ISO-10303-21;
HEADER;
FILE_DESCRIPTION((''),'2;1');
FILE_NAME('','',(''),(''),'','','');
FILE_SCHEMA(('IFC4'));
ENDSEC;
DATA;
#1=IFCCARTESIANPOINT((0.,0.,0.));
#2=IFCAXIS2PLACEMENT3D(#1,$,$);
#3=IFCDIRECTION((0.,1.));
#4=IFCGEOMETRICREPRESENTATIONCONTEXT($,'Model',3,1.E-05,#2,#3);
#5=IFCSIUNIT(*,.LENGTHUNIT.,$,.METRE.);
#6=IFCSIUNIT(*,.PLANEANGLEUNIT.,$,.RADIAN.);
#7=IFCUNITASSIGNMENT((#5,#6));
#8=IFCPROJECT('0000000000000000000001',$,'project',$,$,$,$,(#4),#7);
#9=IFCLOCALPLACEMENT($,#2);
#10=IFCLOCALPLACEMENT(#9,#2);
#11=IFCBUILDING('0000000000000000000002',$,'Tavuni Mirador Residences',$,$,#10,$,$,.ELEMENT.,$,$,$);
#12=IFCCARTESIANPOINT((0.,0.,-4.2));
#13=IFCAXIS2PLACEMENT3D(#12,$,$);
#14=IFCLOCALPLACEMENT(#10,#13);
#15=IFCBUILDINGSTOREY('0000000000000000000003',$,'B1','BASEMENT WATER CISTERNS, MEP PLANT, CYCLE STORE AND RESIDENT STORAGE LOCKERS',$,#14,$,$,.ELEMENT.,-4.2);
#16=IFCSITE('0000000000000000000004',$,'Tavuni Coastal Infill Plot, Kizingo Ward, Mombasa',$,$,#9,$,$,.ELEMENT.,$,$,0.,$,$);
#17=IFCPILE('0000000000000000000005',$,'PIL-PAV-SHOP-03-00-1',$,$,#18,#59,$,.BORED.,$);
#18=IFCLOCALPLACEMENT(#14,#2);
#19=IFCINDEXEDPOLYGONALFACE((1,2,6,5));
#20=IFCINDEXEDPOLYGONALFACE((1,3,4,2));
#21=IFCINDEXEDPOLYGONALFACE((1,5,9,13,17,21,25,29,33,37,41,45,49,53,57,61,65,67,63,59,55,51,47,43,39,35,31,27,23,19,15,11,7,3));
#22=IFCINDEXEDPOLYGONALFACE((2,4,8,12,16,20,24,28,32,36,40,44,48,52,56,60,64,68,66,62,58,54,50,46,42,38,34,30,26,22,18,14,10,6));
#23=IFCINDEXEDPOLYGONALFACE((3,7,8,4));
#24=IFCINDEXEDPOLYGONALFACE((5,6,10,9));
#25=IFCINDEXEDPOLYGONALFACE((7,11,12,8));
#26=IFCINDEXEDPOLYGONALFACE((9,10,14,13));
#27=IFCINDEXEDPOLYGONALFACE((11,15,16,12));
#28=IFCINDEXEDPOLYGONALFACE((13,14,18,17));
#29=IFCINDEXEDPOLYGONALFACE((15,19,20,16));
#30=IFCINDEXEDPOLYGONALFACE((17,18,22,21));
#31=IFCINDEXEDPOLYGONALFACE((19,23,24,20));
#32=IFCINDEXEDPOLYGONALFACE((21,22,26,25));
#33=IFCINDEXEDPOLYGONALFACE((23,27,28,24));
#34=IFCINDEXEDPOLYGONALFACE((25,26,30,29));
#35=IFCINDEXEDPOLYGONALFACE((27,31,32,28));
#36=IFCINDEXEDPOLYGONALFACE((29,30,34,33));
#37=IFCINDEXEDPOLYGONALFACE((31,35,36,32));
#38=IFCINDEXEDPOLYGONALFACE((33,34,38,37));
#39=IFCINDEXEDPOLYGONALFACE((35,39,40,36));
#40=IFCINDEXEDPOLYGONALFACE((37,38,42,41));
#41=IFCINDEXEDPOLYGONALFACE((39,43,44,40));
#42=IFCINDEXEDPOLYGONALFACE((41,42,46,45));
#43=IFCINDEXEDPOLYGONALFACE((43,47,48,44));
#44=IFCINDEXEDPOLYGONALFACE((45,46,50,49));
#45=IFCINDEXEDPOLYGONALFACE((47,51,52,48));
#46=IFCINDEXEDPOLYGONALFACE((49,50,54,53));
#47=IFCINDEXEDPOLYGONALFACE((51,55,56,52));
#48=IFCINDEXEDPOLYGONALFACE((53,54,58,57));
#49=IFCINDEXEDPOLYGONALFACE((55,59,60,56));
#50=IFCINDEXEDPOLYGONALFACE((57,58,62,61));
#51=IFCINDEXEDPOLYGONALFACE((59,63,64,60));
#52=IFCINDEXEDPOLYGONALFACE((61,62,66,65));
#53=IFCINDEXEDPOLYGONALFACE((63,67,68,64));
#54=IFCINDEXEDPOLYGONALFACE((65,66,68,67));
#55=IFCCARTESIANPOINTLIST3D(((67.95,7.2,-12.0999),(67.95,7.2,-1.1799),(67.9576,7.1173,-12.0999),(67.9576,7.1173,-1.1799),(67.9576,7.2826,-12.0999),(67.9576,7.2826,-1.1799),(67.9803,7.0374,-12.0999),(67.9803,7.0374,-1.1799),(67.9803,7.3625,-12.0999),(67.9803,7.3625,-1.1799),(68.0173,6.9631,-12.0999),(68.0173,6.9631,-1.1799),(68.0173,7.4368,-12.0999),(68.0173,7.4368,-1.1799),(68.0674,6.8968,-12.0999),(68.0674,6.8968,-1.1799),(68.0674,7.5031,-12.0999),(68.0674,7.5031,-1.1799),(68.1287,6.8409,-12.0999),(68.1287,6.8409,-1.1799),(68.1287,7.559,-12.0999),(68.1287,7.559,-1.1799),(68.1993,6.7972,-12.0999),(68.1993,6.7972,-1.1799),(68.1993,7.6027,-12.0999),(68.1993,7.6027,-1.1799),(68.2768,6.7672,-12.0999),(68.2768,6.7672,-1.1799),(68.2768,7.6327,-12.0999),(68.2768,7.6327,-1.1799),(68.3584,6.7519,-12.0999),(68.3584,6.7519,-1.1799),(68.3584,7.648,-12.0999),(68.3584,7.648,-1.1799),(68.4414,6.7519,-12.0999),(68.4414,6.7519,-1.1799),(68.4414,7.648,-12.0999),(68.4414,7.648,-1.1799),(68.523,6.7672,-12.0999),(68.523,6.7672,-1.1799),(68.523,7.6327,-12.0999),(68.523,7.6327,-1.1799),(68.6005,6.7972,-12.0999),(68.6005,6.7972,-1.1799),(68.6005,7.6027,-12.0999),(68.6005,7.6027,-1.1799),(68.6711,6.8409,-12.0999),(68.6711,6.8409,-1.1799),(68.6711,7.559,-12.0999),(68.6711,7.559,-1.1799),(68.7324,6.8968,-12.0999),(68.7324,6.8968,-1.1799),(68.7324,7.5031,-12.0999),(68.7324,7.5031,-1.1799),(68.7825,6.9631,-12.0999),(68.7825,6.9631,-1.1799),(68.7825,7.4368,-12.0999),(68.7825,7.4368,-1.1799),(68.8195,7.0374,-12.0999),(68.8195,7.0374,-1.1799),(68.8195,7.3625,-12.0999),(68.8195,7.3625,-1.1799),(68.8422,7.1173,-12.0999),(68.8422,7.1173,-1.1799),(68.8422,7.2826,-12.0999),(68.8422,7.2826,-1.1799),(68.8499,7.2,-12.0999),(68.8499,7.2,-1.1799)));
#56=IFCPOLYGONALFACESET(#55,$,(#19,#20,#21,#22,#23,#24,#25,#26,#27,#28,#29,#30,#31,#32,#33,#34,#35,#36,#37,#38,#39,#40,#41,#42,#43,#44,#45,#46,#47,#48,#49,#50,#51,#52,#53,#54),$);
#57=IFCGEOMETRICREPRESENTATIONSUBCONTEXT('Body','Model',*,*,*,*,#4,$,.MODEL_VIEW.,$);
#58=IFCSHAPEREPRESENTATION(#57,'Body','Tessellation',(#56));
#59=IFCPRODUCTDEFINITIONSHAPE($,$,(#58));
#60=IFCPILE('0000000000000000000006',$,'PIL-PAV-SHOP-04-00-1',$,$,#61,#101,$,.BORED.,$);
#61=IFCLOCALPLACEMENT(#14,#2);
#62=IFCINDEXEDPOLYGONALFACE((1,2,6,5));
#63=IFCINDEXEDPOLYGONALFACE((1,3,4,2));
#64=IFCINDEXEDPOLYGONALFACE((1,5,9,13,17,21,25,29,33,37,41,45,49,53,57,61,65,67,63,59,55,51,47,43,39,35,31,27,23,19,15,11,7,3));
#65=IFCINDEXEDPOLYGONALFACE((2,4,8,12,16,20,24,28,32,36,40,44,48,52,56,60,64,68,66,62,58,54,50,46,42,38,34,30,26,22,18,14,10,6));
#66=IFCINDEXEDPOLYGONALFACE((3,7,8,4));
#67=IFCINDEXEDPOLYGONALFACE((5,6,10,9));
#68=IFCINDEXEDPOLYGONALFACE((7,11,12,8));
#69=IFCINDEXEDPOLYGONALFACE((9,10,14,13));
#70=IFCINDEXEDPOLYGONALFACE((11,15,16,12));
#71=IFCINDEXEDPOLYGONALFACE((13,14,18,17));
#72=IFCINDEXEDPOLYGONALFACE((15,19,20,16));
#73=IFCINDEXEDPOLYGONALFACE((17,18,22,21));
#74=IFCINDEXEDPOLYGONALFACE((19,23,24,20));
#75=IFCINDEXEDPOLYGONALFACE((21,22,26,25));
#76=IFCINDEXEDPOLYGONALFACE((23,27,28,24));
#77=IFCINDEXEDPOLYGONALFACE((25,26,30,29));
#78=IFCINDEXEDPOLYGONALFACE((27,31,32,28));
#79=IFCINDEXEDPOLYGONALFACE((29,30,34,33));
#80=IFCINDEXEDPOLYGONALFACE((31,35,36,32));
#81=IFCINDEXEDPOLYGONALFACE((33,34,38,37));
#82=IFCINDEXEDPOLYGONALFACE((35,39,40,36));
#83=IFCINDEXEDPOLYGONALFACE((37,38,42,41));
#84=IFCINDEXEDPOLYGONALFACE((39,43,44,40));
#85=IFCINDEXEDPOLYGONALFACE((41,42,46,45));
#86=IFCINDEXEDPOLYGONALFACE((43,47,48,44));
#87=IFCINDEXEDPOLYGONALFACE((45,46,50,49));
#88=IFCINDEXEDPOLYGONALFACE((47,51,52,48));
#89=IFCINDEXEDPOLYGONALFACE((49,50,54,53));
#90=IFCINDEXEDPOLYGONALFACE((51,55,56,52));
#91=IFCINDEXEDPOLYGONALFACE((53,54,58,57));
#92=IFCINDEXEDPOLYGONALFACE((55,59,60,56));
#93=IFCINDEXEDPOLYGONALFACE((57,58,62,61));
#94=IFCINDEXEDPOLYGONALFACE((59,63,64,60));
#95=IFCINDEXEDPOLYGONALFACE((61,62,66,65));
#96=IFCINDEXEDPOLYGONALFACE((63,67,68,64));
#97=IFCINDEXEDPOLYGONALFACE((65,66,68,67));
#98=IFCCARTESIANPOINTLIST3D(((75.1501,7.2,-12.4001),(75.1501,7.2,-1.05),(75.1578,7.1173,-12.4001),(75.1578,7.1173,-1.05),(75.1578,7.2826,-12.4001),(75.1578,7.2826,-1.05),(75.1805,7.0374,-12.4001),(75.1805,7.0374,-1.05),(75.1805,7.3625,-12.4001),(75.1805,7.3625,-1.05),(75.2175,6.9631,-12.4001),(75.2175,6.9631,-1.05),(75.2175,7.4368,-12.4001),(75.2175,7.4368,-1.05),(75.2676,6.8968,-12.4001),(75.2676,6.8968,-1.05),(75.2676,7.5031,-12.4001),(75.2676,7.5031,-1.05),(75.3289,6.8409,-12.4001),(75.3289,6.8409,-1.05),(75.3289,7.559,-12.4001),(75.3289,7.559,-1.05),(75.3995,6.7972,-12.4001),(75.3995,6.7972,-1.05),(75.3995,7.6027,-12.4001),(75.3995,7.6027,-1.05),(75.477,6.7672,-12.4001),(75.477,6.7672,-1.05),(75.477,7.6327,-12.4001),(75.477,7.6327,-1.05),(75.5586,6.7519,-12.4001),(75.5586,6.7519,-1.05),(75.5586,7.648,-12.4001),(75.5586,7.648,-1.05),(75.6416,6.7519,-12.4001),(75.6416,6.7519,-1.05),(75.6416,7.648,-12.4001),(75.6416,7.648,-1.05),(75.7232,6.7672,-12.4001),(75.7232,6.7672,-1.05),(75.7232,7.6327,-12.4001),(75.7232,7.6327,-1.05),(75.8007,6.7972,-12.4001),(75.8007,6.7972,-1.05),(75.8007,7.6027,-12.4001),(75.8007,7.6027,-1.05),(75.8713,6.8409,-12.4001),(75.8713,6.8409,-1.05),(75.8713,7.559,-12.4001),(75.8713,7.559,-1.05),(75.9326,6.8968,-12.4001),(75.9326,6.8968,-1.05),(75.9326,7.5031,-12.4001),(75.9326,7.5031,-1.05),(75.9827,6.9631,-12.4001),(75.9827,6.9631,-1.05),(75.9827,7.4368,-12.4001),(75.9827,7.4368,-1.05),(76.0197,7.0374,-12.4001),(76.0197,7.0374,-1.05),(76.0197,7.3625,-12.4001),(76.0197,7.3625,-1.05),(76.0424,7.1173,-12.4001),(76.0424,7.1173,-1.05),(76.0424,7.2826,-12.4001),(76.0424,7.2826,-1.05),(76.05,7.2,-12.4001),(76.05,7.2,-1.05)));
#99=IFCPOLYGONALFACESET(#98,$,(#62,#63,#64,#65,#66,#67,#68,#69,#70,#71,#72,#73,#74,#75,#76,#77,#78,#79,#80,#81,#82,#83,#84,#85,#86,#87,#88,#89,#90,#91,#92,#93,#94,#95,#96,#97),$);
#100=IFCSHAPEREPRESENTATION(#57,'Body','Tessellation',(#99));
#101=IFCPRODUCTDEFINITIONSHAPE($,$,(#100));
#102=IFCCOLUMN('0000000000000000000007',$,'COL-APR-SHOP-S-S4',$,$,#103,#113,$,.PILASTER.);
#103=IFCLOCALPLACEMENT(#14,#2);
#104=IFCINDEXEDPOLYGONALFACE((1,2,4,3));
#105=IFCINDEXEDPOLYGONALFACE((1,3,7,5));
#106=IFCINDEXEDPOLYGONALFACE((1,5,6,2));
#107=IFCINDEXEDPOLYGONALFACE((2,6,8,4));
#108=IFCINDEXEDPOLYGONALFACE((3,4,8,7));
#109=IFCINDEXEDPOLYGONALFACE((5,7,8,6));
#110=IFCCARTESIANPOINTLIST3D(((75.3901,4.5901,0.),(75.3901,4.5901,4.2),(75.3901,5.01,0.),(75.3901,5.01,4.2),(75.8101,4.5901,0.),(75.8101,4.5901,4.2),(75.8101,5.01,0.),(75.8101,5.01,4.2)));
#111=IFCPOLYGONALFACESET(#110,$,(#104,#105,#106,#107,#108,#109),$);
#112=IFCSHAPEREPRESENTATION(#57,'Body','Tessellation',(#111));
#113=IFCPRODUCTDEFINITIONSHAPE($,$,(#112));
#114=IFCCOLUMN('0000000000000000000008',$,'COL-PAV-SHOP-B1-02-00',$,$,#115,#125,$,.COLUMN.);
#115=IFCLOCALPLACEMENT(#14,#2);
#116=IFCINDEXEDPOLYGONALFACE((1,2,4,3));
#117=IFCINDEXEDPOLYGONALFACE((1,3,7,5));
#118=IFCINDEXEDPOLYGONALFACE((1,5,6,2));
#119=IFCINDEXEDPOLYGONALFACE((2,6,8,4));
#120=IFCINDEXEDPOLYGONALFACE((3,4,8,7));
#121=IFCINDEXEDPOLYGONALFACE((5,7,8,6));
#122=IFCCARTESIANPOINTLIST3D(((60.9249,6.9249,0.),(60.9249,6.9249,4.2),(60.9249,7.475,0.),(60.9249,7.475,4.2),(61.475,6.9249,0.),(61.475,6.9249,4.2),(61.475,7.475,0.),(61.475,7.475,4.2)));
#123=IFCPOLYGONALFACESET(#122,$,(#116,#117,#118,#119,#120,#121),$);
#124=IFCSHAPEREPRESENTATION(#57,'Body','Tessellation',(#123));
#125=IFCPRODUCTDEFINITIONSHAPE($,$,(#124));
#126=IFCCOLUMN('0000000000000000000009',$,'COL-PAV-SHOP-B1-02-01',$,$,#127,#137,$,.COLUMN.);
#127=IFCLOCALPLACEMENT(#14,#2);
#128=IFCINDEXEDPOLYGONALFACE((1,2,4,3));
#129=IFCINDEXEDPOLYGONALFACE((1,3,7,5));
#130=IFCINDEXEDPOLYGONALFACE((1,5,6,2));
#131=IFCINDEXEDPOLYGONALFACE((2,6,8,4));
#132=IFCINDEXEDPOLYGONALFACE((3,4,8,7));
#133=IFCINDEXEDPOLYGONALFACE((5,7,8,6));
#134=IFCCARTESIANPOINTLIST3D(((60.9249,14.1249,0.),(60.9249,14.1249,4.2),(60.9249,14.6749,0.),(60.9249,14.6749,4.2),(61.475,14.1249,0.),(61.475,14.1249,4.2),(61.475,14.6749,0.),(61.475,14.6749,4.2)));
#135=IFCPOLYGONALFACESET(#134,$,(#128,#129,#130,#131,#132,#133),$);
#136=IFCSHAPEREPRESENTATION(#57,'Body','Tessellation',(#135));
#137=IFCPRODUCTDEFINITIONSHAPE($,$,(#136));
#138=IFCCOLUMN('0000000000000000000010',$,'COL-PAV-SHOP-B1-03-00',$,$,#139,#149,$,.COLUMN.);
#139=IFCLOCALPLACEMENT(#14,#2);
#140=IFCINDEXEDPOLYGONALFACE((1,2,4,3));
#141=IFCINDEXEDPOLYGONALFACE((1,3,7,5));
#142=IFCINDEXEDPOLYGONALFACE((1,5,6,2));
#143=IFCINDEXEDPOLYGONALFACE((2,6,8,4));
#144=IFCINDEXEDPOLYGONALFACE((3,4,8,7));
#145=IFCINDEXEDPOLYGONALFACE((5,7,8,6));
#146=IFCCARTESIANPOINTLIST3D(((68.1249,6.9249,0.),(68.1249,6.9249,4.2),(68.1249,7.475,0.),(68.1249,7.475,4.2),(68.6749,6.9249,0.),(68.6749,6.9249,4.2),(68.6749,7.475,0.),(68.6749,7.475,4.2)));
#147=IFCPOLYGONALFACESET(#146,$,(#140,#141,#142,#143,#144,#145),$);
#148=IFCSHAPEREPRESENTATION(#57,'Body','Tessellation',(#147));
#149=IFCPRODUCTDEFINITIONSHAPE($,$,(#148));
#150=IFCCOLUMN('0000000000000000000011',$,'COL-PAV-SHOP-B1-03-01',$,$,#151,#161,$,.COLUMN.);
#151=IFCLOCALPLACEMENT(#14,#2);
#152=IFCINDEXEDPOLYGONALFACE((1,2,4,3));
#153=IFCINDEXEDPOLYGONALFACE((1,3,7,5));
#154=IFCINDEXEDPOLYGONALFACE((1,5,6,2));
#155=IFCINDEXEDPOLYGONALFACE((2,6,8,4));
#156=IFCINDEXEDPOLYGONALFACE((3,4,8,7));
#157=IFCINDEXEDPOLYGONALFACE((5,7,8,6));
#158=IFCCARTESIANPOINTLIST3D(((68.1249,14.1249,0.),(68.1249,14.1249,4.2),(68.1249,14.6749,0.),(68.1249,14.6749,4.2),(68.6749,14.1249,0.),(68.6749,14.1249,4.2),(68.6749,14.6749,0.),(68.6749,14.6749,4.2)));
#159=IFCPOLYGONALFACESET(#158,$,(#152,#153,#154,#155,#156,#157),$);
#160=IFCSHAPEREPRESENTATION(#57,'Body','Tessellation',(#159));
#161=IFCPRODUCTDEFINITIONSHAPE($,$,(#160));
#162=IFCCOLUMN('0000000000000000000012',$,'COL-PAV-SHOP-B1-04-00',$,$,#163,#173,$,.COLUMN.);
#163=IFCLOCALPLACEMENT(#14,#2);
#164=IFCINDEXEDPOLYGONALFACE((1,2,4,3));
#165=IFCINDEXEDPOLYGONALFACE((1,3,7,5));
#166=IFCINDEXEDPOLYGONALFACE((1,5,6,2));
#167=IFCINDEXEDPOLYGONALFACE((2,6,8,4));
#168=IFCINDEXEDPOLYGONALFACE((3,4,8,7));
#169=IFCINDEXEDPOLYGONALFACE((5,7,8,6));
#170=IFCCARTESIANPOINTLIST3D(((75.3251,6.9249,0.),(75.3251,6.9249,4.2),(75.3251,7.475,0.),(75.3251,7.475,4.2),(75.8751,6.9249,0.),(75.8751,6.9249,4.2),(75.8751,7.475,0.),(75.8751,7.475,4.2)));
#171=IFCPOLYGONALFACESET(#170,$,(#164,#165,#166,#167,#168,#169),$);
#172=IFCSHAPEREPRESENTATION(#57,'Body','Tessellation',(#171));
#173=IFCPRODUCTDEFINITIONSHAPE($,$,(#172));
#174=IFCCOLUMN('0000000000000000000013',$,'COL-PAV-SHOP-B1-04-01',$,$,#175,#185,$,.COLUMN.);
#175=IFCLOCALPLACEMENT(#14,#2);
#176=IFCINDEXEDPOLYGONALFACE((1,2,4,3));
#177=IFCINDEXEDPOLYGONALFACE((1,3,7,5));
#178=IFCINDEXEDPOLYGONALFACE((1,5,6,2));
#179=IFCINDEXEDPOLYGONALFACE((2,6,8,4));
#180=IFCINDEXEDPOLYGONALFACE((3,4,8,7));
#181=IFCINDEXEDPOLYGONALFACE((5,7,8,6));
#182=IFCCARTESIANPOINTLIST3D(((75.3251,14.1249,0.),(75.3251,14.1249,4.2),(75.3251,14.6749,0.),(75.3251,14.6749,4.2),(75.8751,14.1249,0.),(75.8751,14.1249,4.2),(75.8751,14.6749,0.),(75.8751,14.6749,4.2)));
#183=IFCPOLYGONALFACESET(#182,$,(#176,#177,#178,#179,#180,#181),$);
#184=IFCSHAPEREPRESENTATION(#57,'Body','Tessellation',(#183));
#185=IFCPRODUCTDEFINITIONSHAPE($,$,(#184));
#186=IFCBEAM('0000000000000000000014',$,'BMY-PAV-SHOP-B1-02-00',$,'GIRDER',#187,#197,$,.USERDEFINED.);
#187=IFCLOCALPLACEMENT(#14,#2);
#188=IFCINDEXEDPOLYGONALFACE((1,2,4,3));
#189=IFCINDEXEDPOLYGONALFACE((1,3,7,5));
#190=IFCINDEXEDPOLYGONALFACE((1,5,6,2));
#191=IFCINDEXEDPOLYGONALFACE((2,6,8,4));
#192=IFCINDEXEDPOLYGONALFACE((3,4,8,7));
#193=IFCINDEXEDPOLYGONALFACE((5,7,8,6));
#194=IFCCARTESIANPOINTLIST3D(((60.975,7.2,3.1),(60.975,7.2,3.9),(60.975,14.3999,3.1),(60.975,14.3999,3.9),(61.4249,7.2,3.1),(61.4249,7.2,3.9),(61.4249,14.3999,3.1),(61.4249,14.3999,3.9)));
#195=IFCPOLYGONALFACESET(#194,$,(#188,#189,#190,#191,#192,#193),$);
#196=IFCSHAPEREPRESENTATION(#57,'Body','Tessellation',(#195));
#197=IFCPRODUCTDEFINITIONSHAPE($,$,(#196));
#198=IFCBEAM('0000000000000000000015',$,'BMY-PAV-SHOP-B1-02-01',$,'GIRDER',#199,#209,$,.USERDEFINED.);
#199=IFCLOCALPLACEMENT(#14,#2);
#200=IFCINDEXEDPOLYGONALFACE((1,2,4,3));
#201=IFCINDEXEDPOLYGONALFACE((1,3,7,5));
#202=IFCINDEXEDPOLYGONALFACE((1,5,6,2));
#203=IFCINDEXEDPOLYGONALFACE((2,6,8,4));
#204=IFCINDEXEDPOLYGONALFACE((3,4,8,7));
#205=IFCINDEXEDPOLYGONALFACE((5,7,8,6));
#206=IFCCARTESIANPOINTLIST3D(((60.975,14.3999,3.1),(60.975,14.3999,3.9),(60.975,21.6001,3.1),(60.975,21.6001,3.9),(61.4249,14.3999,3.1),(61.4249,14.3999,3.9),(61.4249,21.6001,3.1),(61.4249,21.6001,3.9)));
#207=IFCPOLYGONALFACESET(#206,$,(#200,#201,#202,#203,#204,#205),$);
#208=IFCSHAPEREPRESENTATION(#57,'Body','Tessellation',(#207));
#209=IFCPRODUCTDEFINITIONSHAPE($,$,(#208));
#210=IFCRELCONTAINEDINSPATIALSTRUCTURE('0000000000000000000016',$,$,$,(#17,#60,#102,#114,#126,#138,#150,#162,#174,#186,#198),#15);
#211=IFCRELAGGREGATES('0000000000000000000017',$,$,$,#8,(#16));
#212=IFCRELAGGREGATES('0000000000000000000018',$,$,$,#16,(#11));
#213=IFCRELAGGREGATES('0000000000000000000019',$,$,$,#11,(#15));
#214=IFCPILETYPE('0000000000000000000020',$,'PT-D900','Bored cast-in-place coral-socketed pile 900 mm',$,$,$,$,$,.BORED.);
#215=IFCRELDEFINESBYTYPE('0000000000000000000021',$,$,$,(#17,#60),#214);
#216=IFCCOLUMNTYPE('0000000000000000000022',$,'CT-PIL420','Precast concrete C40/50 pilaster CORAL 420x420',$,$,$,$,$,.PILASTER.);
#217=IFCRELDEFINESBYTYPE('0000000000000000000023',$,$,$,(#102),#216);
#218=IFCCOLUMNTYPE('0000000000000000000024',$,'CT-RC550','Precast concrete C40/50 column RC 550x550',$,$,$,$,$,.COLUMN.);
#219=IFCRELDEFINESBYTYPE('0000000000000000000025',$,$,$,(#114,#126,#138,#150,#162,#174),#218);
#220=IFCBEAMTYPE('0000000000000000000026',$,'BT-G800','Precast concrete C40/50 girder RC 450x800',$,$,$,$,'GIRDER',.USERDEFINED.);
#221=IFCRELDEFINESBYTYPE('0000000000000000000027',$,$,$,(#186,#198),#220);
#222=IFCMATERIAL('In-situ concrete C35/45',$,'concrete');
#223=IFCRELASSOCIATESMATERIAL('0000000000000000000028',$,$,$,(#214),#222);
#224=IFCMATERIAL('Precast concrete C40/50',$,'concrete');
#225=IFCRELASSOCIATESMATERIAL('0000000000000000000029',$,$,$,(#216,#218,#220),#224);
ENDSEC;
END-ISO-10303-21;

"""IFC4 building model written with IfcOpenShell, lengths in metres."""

from ifc_helpers import new_model, si_unit, direction, frame, origin, origin_2d, place, context, subcontext, project, spatial, rectangle, circle, extrude, material, material_profile, profile_set, type_object, element, save


model = new_model("IFC4")

# Units and contexts
model_context = context("Model", 3, precision=1e-05, world=origin(), true_north=direction((0.0, 1.0)))
body_context = subcontext(model_context, "Body", "Model", "MODEL_VIEW")
ifc_project = project(units=[si_unit("LENGTHUNIT", "METRE"), si_unit("PLANEANGLEUNIT", "RADIAN")], contexts=[model_context])

# Site, building, storey
site_placement = place(None, origin())
site = spatial("IfcSite", under=ifc_project, at=site_placement, Name="Tavuni Coastal Infill Plot, Kizingo Ward, Mombasa", CompositionType="ELEMENT", RefElevation=0.0)
building_placement = place(site_placement, origin())
building = spatial("IfcBuilding", under=site, at=building_placement, Name="Tavuni Mirador Residences", CompositionType="ELEMENT")
storey_placement = place(building_placement, frame((0.0, 0.0, -4.2)))
storey = spatial("IfcBuildingStorey", under=building, at=storey_placement, Name="B1", Description="BASEMENT WATER CISTERNS, MEP PLANT, CYCLE STORE AND RESIDENT STORAGE LOCKERS", CompositionType="ELEMENT", Elevation=-4.2)

# Shared definitions
ifc_material_1 = material(Name="In-situ concrete C35/45", Category="concrete")

# Piles
ifc_material_profile_1 = material_profile(ifc_material_1, circle(Radius=0.45, at=origin_2d()), Name="PILE D900", Category="concrete")
ifc_profile_set_1 = profile_set([ifc_material_profile_1], Name="In-situ concrete C35/45")
pile_type_1 = type_object("IfcPileType", Name="PT-D900", Description="Bored cast-in-place coral-socketed pile 900 mm", PredefinedType="BORED", material=ifc_profile_set_1)
pile_1_placement = place(storey_placement, frame((68.3999, 7.2, -1.1799), z_axis=(0.0, 0.0, -1.0), x_axis=(1.0, 0.0, 0.0)))
element("IfcPile", 1, at=pile_1_placement, inside=storey, type_object=pile_type_1, Name="PIL-PAV-SHOP-03-00-1", PredefinedType="BORED", context=body_context, shape_type="SweptSolid", body=[
    extrude(circle(Radius=0.45, at=origin_2d()), origin(), (0.0, 0.0, 1.0), 10.9199),
])
pile_2_placement = place(storey_placement, frame((75.6001, 7.2, -1.05), z_axis=(0.0, 0.0, -1.0), x_axis=(1.0, 0.0, 0.0)))
element("IfcPile", 2, at=pile_2_placement, inside=storey, type_object=pile_type_1, Name="PIL-PAV-SHOP-04-00-1", PredefinedType="BORED", context=body_context, shape_type="SweptSolid", body=[
    extrude(circle(Radius=0.45, at=origin_2d()), origin(), (0.0, 0.0, 1.0), 11.3501),
])

# Columns
ifc_material_2 = material(Name="Precast concrete C40/50", Category="concrete")
ifc_material_profile_2 = material_profile(ifc_material_2, rectangle(XDim=0.4199, YDim=0.4199, at=origin_2d()), Name="CORAL 420x420", Category="concrete")
ifc_profile_set_2 = profile_set([ifc_material_profile_2], Name="Precast concrete C40/50")
column_type_1 = type_object("IfcColumnType", Name="CT-PIL420", Description="Precast concrete C40/50 pilaster CORAL 420x420", PredefinedType="PILASTER", material=ifc_profile_set_2)
column_placement = place(storey_placement, frame((75.6001, 4.8, 0.0), z_axis=(0.0, 0.0, 1.0), x_axis=(1.0, 0.0, 0.0)))
element("IfcColumn", 3, at=column_placement, inside=storey, type_object=column_type_1, Name="COL-APR-SHOP-S-S4", PredefinedType="PILASTER", context=body_context, shape_type="SweptSolid", body=[
    extrude(rectangle(XDim=0.4199, YDim=0.4199, at=origin_2d()), origin(), (0.0, 0.0, 1.0), 4.2),
])
ifc_material_profile_3 = material_profile(ifc_material_2, rectangle(XDim=0.55, YDim=0.55, at=origin_2d()), Name="RC 550x550", Category="concrete")
ifc_profile_set_3 = profile_set([ifc_material_profile_3], Name="Precast concrete C40/50")
column_type_2 = type_object("IfcColumnType", Name="CT-RC550", Description="Precast concrete C40/50 column RC 550x550", PredefinedType="COLUMN", material=ifc_profile_set_3)
for number, where, z_axis, x_axis, name in (
    (4, (61.2, 7.2, 0.0), (0.0, 0.0, 1.0), (1.0, 0.0, 0.0), "COL-PAV-SHOP-B1-02-00"),
    (5, (61.2, 14.3999, 0.0), (0.0, 0.0, 1.0), (1.0, 0.0, 0.0), "COL-PAV-SHOP-B1-02-01"),
    (6, (68.3999, 7.2, 0.0), (0.0, 0.0, 1.0), (1.0, 0.0, 0.0), "COL-PAV-SHOP-B1-03-00"),
    (7, (68.3999, 14.3999, 0.0), (0.0, 0.0, 1.0), (1.0, 0.0, 0.0), "COL-PAV-SHOP-B1-03-01"),
    (8, (75.6001, 7.2, 0.0), (0.0, 0.0, 1.0), (1.0, 0.0, 0.0), "COL-PAV-SHOP-B1-04-00"),
    (9, (75.6001, 14.3999, 0.0), (0.0, 0.0, 1.0), (1.0, 0.0, 0.0), "COL-PAV-SHOP-B1-04-01"),
):
    element("IfcColumn", number, at=place(storey_placement, frame(where, z_axis=z_axis, x_axis=x_axis)), inside=storey, type_object=column_type_2, Name=name, PredefinedType="COLUMN", context=body_context, shape_type="SweptSolid", body=[
        extrude(rectangle(XDim=0.55, YDim=0.55, at=origin_2d()), origin(), (0.0, 0.0, 1.0), 4.2),
    ])

# Beams
ifc_material_profile_4 = material_profile(ifc_material_2, rectangle(XDim=0.45, YDim=0.8, at=origin_2d()), Name="RC 450x800", Category="concrete")
ifc_profile_set_4 = profile_set([ifc_material_profile_4], Name="Precast concrete C40/50")
beam_type_1 = type_object("IfcBeamType", Name="BT-G800", Description="Precast concrete C40/50 girder RC 450x800", ElementType="GIRDER", PredefinedType="USERDEFINED", material=ifc_profile_set_4)
beam_1_placement = place(storey_placement, frame((61.2, 7.2, 3.5), z_axis=(0.0, 1.0, 0.0), x_axis=(-1.0, 0.0, 0.0)))
element("IfcBeam", 10, at=beam_1_placement, inside=storey, type_object=beam_type_1, Name="BMY-PAV-SHOP-B1-02-00", ObjectType="GIRDER", PredefinedType="USERDEFINED", context=body_context, shape_type="SweptSolid", body=[
    extrude(rectangle(XDim=0.45, YDim=0.8, at=origin_2d()), origin(), (0.0, 0.0, 1.0), 7.2),
])
beam_2_placement = place(storey_placement, frame((61.2, 14.3999, 3.5), z_axis=(0.0, 1.0, 0.0), x_axis=(-1.0, 0.0, 0.0)))
element("IfcBeam", 11, at=beam_2_placement, inside=storey, type_object=beam_type_1, Name="BMY-PAV-SHOP-B1-02-01", ObjectType="GIRDER", PredefinedType="USERDEFINED", context=body_context, shape_type="SweptSolid", body=[
    extrude(rectangle(XDim=0.45, YDim=0.8, at=origin_2d()), origin(), (0.0, 0.0, 1.0), 7.2002),
])

save(model, "model.ifc")
